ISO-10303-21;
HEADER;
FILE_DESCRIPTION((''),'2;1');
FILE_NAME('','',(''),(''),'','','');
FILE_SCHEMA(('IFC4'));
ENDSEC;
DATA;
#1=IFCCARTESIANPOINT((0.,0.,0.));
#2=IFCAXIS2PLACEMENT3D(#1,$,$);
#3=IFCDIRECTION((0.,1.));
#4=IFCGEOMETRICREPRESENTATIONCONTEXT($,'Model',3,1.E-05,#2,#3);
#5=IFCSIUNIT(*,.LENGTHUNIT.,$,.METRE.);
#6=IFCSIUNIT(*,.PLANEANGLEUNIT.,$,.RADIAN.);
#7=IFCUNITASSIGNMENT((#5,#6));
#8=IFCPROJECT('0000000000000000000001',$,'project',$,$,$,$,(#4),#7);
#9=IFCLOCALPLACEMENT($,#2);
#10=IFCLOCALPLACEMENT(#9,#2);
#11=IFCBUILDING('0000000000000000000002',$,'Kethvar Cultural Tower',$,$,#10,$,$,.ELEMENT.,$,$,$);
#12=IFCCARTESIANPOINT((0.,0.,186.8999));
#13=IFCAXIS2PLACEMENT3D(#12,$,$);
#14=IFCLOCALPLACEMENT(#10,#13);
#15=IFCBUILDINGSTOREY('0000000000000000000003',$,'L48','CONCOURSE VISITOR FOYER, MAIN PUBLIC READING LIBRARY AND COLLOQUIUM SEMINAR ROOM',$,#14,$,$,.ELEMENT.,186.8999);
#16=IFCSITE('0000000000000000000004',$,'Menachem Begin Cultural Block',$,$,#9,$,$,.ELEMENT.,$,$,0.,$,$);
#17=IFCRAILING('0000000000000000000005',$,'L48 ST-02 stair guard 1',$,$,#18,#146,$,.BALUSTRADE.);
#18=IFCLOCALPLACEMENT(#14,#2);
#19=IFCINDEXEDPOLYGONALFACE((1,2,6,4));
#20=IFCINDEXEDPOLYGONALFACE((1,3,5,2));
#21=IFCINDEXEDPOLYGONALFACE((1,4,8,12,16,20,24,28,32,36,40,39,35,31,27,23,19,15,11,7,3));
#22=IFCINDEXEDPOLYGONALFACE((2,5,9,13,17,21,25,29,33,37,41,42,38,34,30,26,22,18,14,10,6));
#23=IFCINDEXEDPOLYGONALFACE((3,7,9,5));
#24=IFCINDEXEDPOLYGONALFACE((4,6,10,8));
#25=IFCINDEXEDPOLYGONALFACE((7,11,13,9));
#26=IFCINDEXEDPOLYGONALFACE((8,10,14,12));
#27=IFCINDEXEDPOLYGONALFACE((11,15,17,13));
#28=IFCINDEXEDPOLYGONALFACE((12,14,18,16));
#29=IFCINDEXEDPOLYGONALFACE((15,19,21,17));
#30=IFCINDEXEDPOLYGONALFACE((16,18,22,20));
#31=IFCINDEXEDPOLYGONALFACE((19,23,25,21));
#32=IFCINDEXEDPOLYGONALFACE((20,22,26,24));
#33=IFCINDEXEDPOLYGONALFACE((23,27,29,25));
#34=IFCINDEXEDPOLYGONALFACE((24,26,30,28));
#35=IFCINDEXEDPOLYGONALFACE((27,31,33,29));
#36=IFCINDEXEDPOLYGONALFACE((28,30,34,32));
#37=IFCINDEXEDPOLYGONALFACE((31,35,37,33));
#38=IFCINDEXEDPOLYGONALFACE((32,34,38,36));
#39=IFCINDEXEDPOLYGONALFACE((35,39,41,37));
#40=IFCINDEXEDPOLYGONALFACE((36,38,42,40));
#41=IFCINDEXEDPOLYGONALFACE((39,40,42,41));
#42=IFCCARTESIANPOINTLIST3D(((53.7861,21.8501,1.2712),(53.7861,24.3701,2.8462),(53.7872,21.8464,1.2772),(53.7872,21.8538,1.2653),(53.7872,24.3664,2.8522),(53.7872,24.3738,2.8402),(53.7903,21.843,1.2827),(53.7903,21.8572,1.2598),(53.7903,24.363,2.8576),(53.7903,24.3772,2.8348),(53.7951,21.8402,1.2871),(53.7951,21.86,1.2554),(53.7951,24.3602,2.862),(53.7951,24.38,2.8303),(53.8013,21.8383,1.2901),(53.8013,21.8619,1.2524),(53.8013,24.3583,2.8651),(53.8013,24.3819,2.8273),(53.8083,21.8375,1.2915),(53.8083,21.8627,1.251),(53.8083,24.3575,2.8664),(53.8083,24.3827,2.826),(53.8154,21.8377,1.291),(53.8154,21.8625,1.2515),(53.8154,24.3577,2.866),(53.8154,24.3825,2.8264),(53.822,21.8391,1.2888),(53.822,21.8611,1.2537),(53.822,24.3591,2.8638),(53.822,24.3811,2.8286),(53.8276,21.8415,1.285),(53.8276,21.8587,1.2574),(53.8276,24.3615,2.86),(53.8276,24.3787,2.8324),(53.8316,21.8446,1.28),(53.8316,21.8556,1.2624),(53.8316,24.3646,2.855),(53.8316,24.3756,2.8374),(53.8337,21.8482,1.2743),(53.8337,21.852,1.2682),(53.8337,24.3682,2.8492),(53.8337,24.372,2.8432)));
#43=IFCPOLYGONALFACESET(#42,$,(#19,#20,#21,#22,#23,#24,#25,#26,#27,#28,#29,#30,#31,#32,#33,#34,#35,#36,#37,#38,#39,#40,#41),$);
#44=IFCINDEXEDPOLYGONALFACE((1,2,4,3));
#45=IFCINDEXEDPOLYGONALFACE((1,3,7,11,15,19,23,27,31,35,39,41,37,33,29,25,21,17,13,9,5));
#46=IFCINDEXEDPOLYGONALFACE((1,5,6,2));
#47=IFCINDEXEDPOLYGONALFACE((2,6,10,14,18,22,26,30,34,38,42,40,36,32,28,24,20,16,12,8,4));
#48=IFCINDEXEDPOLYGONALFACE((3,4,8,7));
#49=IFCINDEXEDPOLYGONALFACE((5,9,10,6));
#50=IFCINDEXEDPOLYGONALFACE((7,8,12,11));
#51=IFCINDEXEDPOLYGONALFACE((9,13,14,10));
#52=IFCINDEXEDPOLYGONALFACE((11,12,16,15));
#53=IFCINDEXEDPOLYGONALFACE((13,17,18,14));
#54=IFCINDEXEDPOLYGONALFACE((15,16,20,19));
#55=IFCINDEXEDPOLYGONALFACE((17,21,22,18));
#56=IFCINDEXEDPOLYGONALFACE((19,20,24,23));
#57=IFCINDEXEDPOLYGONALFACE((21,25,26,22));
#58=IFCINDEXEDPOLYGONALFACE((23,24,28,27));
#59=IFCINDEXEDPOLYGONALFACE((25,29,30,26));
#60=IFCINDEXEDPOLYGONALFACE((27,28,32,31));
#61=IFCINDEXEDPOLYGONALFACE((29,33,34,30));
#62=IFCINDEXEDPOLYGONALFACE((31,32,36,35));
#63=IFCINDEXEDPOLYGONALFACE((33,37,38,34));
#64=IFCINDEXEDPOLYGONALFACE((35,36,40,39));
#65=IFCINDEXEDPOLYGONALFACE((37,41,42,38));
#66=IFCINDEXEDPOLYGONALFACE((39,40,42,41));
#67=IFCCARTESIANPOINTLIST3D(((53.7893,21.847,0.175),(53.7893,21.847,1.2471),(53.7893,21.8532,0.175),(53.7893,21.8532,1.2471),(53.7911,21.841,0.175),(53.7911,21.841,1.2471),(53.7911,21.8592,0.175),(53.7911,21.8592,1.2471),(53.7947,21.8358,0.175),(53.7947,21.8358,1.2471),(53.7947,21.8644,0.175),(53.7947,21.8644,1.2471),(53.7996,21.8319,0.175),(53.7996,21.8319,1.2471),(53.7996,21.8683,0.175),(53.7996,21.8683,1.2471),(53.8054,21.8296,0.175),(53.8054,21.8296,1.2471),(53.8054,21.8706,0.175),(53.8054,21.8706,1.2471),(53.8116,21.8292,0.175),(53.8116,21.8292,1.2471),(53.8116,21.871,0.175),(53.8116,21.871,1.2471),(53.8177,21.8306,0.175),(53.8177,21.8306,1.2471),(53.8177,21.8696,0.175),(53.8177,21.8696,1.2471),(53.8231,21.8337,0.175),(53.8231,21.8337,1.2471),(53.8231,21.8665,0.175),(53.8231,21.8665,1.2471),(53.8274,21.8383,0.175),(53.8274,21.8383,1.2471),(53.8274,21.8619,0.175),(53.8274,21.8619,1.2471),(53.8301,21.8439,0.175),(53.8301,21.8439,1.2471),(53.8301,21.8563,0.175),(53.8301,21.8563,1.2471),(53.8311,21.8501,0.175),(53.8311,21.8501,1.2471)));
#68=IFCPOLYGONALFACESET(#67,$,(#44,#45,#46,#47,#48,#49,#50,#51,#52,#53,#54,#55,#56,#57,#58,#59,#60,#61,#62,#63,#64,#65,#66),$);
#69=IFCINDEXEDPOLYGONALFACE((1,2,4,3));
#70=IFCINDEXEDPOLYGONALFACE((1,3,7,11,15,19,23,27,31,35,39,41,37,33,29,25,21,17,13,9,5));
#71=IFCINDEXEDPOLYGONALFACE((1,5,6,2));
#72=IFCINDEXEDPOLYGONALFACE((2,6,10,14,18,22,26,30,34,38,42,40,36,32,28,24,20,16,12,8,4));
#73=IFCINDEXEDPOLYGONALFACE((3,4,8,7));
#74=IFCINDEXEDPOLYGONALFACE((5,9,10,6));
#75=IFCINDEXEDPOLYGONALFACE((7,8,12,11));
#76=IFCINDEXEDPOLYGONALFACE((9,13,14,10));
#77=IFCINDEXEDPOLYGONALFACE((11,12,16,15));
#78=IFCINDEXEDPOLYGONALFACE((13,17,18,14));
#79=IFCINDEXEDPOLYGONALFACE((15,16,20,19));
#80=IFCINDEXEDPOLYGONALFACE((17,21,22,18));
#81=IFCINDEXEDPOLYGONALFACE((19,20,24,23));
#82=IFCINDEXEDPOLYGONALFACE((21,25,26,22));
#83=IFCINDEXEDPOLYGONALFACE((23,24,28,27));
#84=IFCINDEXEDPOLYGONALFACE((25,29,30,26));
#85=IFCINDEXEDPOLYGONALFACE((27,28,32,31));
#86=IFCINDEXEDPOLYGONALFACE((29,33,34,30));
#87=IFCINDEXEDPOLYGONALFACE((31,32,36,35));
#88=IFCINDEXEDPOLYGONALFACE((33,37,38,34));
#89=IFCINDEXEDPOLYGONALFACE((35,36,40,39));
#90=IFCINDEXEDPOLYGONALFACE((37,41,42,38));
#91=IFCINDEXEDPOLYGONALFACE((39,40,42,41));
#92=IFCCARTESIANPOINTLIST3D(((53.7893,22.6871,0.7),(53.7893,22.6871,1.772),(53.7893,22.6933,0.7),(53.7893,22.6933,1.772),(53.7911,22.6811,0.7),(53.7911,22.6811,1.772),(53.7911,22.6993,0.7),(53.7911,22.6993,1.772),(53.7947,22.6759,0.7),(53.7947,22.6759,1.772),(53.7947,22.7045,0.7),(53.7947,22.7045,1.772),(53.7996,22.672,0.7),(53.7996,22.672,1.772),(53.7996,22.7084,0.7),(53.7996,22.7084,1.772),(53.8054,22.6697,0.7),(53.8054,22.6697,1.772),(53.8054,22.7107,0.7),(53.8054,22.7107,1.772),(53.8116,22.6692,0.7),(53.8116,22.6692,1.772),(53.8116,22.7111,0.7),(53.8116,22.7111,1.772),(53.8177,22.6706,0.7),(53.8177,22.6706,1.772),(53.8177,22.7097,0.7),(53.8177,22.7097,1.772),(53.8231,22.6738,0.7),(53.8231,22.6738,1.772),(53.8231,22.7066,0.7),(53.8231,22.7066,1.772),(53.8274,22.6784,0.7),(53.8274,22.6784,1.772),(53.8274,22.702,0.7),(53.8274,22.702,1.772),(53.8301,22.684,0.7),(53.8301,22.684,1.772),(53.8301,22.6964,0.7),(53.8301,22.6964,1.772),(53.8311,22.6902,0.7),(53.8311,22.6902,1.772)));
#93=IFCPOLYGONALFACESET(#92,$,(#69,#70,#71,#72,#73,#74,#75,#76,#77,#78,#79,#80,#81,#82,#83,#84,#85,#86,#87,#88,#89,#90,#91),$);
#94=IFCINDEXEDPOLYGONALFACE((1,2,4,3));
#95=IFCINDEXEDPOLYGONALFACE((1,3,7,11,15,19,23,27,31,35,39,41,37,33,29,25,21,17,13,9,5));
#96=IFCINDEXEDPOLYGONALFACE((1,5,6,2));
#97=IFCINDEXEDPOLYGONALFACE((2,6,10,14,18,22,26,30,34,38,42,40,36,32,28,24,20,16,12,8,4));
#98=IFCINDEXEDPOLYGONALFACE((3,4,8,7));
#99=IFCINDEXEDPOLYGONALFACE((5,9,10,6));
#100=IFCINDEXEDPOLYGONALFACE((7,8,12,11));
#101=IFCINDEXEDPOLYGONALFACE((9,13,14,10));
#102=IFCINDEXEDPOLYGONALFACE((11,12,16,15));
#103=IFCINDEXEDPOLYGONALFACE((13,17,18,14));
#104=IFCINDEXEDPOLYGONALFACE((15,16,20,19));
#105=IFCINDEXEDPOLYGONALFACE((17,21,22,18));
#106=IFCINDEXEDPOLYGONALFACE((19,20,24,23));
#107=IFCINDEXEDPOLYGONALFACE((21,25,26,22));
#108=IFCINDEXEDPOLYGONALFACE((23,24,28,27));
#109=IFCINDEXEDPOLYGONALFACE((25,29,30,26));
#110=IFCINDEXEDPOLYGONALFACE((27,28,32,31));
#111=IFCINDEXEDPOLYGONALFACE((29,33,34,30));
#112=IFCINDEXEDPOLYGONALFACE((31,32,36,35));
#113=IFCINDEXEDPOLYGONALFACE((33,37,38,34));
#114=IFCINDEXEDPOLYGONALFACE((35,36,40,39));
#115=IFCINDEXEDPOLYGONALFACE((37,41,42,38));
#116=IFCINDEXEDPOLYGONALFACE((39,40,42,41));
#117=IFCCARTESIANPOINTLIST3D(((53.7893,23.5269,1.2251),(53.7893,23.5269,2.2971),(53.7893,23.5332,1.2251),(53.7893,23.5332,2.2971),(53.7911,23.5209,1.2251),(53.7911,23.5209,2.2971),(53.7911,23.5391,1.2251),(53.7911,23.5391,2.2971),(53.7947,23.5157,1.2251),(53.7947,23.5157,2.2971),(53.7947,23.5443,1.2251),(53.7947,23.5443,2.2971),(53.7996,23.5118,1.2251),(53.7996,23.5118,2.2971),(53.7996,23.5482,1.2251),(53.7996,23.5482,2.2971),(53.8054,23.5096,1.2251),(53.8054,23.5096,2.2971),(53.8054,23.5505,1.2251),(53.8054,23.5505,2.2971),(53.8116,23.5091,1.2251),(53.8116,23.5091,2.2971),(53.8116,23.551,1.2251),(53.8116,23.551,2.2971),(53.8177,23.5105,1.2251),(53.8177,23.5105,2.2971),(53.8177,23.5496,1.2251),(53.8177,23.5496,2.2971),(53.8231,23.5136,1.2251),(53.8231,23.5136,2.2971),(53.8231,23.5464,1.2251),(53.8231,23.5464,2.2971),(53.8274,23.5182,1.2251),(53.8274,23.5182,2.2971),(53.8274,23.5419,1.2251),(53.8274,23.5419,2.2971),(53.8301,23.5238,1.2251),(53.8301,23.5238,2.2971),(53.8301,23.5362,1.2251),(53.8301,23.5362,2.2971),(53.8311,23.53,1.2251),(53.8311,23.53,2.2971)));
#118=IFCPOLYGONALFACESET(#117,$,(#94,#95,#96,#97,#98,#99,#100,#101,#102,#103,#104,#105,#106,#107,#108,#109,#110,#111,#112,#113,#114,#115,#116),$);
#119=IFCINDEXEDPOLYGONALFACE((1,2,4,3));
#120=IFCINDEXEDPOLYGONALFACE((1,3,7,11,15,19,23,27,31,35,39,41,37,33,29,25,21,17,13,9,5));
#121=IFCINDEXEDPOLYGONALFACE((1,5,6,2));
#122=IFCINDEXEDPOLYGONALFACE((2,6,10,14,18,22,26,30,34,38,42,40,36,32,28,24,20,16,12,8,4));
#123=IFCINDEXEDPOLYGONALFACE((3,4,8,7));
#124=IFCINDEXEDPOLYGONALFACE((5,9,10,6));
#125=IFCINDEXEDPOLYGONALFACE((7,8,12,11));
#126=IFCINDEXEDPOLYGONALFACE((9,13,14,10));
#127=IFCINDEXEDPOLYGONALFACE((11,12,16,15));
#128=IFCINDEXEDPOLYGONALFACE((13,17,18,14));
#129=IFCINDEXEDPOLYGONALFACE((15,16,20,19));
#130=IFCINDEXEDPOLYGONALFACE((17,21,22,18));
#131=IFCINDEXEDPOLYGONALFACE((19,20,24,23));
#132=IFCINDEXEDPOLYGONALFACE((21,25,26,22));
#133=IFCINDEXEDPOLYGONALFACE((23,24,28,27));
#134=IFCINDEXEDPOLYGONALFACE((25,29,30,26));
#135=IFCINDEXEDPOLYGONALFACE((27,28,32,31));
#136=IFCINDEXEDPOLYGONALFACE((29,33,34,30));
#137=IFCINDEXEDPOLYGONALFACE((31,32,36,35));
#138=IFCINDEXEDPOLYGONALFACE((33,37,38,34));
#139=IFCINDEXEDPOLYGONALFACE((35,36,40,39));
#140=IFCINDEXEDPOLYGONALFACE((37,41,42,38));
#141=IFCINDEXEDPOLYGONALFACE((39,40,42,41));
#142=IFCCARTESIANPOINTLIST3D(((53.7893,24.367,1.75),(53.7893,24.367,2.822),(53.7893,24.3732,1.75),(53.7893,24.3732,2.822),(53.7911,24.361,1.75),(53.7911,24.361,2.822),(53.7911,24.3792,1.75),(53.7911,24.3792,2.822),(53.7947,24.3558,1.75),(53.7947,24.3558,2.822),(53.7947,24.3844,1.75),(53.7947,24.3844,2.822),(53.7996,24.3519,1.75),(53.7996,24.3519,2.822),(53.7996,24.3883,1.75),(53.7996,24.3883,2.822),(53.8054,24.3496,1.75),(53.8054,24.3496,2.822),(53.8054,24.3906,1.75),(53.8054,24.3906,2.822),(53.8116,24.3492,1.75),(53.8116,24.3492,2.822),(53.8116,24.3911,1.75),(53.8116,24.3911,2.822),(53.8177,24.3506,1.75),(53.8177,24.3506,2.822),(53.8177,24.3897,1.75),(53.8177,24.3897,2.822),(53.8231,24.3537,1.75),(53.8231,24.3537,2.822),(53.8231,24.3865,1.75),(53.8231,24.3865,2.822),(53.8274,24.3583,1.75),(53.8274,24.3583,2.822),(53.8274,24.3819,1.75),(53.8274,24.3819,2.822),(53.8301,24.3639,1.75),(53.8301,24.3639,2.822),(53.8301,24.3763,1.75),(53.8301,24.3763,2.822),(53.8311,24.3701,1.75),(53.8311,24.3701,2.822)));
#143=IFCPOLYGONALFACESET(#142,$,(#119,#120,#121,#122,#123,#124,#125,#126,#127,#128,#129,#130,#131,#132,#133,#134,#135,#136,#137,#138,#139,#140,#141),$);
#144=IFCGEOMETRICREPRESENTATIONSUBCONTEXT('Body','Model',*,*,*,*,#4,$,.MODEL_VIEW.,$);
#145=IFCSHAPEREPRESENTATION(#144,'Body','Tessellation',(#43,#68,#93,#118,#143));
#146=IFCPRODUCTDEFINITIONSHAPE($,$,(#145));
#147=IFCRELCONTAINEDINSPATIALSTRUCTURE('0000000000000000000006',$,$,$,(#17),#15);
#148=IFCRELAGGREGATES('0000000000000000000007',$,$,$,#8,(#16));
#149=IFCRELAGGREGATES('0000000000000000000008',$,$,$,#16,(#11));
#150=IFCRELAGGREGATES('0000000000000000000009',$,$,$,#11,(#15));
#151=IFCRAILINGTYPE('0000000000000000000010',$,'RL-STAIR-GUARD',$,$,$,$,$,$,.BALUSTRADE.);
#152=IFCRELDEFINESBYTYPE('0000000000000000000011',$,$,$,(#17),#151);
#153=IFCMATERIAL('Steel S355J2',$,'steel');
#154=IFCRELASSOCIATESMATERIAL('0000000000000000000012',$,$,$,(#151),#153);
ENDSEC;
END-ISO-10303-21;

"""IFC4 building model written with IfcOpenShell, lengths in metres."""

from ifc_helpers import new_model, si_unit, direction, frame, origin, origin_2d, place, context, subcontext, project, spatial, circle, extrude, material, type_object, element, save


model = new_model("IFC4")

# Units and contexts
model_context = context("Model", 3, precision=1e-05, world=origin(), true_north=direction((0.0, 1.0)))
body_context = subcontext(model_context, "Body", "Model", "MODEL_VIEW")
ifc_project = project(units=[si_unit("LENGTHUNIT", "METRE"), si_unit("PLANEANGLEUNIT", "RADIAN")], contexts=[model_context])

# Site, building, storey
site_placement = place(None, origin())
site = spatial("IfcSite", under=ifc_project, at=site_placement, Name="Menachem Begin Cultural Block", CompositionType="ELEMENT", RefElevation=0.0)
building_placement = place(site_placement, origin())
building = spatial("IfcBuilding", under=site, at=building_placement, Name="Kethvar Cultural Tower", CompositionType="ELEMENT")
storey_placement = place(building_placement, frame((0.0, 0.0, 186.8999)))
storey = spatial("IfcBuildingStorey", under=building, at=storey_placement, Name="L48", Description="CONCOURSE VISITOR FOYER, MAIN PUBLIC READING LIBRARY AND COLLOQUIUM SEMINAR ROOM", CompositionType="ELEMENT", Elevation=186.8999)

# Shared definitions
ifc_material_1 = material(Name="Steel S355J2", Category="steel")

# Railing
railing_type_1 = type_object("IfcRailingType", Name="RL-STAIR-GUARD", PredefinedType="BALUSTRADE", material=ifc_material_1)
railing_1_placement = place(storey_placement, frame((53.8101, 21.8501, 0.175)))
element("IfcRailing", 1, at=railing_1_placement, inside=storey, type_object=railing_type_1, Name="L48 ST-02 stair guard 1", PredefinedType="BALUSTRADE", context=body_context, shape_type="SweptSolid", body=[
    extrude(circle(Radius=0.0239, at=origin_2d()), frame((0.0, 0.0, 1.0962), z_axis=(0.0, 0.848008, 0.529984), x_axis=(-1.0, 0.0, 0.0)), (0.0, 0.0, 1.0), 2.9717),
    extrude(circle(Radius=0.021, at=origin_2d()), origin(), (0.0, 0.0, 1.0), 1.072),
    extrude(circle(Radius=0.021, at=origin_2d()), frame((0.0, 0.8401, 0.5249)), (0.0, 0.0, 1.0), 1.072),
    extrude(circle(Radius=0.021, at=origin_2d()), frame((0.0, 1.6799, 1.05)), (0.0, 0.0, 1.0), 1.072),
    extrude(circle(Radius=0.021, at=origin_2d()), frame((0.0, 2.52, 1.575)), (0.0, 0.0, 1.0), 1.072),
])

save(model, "model.ifc")
